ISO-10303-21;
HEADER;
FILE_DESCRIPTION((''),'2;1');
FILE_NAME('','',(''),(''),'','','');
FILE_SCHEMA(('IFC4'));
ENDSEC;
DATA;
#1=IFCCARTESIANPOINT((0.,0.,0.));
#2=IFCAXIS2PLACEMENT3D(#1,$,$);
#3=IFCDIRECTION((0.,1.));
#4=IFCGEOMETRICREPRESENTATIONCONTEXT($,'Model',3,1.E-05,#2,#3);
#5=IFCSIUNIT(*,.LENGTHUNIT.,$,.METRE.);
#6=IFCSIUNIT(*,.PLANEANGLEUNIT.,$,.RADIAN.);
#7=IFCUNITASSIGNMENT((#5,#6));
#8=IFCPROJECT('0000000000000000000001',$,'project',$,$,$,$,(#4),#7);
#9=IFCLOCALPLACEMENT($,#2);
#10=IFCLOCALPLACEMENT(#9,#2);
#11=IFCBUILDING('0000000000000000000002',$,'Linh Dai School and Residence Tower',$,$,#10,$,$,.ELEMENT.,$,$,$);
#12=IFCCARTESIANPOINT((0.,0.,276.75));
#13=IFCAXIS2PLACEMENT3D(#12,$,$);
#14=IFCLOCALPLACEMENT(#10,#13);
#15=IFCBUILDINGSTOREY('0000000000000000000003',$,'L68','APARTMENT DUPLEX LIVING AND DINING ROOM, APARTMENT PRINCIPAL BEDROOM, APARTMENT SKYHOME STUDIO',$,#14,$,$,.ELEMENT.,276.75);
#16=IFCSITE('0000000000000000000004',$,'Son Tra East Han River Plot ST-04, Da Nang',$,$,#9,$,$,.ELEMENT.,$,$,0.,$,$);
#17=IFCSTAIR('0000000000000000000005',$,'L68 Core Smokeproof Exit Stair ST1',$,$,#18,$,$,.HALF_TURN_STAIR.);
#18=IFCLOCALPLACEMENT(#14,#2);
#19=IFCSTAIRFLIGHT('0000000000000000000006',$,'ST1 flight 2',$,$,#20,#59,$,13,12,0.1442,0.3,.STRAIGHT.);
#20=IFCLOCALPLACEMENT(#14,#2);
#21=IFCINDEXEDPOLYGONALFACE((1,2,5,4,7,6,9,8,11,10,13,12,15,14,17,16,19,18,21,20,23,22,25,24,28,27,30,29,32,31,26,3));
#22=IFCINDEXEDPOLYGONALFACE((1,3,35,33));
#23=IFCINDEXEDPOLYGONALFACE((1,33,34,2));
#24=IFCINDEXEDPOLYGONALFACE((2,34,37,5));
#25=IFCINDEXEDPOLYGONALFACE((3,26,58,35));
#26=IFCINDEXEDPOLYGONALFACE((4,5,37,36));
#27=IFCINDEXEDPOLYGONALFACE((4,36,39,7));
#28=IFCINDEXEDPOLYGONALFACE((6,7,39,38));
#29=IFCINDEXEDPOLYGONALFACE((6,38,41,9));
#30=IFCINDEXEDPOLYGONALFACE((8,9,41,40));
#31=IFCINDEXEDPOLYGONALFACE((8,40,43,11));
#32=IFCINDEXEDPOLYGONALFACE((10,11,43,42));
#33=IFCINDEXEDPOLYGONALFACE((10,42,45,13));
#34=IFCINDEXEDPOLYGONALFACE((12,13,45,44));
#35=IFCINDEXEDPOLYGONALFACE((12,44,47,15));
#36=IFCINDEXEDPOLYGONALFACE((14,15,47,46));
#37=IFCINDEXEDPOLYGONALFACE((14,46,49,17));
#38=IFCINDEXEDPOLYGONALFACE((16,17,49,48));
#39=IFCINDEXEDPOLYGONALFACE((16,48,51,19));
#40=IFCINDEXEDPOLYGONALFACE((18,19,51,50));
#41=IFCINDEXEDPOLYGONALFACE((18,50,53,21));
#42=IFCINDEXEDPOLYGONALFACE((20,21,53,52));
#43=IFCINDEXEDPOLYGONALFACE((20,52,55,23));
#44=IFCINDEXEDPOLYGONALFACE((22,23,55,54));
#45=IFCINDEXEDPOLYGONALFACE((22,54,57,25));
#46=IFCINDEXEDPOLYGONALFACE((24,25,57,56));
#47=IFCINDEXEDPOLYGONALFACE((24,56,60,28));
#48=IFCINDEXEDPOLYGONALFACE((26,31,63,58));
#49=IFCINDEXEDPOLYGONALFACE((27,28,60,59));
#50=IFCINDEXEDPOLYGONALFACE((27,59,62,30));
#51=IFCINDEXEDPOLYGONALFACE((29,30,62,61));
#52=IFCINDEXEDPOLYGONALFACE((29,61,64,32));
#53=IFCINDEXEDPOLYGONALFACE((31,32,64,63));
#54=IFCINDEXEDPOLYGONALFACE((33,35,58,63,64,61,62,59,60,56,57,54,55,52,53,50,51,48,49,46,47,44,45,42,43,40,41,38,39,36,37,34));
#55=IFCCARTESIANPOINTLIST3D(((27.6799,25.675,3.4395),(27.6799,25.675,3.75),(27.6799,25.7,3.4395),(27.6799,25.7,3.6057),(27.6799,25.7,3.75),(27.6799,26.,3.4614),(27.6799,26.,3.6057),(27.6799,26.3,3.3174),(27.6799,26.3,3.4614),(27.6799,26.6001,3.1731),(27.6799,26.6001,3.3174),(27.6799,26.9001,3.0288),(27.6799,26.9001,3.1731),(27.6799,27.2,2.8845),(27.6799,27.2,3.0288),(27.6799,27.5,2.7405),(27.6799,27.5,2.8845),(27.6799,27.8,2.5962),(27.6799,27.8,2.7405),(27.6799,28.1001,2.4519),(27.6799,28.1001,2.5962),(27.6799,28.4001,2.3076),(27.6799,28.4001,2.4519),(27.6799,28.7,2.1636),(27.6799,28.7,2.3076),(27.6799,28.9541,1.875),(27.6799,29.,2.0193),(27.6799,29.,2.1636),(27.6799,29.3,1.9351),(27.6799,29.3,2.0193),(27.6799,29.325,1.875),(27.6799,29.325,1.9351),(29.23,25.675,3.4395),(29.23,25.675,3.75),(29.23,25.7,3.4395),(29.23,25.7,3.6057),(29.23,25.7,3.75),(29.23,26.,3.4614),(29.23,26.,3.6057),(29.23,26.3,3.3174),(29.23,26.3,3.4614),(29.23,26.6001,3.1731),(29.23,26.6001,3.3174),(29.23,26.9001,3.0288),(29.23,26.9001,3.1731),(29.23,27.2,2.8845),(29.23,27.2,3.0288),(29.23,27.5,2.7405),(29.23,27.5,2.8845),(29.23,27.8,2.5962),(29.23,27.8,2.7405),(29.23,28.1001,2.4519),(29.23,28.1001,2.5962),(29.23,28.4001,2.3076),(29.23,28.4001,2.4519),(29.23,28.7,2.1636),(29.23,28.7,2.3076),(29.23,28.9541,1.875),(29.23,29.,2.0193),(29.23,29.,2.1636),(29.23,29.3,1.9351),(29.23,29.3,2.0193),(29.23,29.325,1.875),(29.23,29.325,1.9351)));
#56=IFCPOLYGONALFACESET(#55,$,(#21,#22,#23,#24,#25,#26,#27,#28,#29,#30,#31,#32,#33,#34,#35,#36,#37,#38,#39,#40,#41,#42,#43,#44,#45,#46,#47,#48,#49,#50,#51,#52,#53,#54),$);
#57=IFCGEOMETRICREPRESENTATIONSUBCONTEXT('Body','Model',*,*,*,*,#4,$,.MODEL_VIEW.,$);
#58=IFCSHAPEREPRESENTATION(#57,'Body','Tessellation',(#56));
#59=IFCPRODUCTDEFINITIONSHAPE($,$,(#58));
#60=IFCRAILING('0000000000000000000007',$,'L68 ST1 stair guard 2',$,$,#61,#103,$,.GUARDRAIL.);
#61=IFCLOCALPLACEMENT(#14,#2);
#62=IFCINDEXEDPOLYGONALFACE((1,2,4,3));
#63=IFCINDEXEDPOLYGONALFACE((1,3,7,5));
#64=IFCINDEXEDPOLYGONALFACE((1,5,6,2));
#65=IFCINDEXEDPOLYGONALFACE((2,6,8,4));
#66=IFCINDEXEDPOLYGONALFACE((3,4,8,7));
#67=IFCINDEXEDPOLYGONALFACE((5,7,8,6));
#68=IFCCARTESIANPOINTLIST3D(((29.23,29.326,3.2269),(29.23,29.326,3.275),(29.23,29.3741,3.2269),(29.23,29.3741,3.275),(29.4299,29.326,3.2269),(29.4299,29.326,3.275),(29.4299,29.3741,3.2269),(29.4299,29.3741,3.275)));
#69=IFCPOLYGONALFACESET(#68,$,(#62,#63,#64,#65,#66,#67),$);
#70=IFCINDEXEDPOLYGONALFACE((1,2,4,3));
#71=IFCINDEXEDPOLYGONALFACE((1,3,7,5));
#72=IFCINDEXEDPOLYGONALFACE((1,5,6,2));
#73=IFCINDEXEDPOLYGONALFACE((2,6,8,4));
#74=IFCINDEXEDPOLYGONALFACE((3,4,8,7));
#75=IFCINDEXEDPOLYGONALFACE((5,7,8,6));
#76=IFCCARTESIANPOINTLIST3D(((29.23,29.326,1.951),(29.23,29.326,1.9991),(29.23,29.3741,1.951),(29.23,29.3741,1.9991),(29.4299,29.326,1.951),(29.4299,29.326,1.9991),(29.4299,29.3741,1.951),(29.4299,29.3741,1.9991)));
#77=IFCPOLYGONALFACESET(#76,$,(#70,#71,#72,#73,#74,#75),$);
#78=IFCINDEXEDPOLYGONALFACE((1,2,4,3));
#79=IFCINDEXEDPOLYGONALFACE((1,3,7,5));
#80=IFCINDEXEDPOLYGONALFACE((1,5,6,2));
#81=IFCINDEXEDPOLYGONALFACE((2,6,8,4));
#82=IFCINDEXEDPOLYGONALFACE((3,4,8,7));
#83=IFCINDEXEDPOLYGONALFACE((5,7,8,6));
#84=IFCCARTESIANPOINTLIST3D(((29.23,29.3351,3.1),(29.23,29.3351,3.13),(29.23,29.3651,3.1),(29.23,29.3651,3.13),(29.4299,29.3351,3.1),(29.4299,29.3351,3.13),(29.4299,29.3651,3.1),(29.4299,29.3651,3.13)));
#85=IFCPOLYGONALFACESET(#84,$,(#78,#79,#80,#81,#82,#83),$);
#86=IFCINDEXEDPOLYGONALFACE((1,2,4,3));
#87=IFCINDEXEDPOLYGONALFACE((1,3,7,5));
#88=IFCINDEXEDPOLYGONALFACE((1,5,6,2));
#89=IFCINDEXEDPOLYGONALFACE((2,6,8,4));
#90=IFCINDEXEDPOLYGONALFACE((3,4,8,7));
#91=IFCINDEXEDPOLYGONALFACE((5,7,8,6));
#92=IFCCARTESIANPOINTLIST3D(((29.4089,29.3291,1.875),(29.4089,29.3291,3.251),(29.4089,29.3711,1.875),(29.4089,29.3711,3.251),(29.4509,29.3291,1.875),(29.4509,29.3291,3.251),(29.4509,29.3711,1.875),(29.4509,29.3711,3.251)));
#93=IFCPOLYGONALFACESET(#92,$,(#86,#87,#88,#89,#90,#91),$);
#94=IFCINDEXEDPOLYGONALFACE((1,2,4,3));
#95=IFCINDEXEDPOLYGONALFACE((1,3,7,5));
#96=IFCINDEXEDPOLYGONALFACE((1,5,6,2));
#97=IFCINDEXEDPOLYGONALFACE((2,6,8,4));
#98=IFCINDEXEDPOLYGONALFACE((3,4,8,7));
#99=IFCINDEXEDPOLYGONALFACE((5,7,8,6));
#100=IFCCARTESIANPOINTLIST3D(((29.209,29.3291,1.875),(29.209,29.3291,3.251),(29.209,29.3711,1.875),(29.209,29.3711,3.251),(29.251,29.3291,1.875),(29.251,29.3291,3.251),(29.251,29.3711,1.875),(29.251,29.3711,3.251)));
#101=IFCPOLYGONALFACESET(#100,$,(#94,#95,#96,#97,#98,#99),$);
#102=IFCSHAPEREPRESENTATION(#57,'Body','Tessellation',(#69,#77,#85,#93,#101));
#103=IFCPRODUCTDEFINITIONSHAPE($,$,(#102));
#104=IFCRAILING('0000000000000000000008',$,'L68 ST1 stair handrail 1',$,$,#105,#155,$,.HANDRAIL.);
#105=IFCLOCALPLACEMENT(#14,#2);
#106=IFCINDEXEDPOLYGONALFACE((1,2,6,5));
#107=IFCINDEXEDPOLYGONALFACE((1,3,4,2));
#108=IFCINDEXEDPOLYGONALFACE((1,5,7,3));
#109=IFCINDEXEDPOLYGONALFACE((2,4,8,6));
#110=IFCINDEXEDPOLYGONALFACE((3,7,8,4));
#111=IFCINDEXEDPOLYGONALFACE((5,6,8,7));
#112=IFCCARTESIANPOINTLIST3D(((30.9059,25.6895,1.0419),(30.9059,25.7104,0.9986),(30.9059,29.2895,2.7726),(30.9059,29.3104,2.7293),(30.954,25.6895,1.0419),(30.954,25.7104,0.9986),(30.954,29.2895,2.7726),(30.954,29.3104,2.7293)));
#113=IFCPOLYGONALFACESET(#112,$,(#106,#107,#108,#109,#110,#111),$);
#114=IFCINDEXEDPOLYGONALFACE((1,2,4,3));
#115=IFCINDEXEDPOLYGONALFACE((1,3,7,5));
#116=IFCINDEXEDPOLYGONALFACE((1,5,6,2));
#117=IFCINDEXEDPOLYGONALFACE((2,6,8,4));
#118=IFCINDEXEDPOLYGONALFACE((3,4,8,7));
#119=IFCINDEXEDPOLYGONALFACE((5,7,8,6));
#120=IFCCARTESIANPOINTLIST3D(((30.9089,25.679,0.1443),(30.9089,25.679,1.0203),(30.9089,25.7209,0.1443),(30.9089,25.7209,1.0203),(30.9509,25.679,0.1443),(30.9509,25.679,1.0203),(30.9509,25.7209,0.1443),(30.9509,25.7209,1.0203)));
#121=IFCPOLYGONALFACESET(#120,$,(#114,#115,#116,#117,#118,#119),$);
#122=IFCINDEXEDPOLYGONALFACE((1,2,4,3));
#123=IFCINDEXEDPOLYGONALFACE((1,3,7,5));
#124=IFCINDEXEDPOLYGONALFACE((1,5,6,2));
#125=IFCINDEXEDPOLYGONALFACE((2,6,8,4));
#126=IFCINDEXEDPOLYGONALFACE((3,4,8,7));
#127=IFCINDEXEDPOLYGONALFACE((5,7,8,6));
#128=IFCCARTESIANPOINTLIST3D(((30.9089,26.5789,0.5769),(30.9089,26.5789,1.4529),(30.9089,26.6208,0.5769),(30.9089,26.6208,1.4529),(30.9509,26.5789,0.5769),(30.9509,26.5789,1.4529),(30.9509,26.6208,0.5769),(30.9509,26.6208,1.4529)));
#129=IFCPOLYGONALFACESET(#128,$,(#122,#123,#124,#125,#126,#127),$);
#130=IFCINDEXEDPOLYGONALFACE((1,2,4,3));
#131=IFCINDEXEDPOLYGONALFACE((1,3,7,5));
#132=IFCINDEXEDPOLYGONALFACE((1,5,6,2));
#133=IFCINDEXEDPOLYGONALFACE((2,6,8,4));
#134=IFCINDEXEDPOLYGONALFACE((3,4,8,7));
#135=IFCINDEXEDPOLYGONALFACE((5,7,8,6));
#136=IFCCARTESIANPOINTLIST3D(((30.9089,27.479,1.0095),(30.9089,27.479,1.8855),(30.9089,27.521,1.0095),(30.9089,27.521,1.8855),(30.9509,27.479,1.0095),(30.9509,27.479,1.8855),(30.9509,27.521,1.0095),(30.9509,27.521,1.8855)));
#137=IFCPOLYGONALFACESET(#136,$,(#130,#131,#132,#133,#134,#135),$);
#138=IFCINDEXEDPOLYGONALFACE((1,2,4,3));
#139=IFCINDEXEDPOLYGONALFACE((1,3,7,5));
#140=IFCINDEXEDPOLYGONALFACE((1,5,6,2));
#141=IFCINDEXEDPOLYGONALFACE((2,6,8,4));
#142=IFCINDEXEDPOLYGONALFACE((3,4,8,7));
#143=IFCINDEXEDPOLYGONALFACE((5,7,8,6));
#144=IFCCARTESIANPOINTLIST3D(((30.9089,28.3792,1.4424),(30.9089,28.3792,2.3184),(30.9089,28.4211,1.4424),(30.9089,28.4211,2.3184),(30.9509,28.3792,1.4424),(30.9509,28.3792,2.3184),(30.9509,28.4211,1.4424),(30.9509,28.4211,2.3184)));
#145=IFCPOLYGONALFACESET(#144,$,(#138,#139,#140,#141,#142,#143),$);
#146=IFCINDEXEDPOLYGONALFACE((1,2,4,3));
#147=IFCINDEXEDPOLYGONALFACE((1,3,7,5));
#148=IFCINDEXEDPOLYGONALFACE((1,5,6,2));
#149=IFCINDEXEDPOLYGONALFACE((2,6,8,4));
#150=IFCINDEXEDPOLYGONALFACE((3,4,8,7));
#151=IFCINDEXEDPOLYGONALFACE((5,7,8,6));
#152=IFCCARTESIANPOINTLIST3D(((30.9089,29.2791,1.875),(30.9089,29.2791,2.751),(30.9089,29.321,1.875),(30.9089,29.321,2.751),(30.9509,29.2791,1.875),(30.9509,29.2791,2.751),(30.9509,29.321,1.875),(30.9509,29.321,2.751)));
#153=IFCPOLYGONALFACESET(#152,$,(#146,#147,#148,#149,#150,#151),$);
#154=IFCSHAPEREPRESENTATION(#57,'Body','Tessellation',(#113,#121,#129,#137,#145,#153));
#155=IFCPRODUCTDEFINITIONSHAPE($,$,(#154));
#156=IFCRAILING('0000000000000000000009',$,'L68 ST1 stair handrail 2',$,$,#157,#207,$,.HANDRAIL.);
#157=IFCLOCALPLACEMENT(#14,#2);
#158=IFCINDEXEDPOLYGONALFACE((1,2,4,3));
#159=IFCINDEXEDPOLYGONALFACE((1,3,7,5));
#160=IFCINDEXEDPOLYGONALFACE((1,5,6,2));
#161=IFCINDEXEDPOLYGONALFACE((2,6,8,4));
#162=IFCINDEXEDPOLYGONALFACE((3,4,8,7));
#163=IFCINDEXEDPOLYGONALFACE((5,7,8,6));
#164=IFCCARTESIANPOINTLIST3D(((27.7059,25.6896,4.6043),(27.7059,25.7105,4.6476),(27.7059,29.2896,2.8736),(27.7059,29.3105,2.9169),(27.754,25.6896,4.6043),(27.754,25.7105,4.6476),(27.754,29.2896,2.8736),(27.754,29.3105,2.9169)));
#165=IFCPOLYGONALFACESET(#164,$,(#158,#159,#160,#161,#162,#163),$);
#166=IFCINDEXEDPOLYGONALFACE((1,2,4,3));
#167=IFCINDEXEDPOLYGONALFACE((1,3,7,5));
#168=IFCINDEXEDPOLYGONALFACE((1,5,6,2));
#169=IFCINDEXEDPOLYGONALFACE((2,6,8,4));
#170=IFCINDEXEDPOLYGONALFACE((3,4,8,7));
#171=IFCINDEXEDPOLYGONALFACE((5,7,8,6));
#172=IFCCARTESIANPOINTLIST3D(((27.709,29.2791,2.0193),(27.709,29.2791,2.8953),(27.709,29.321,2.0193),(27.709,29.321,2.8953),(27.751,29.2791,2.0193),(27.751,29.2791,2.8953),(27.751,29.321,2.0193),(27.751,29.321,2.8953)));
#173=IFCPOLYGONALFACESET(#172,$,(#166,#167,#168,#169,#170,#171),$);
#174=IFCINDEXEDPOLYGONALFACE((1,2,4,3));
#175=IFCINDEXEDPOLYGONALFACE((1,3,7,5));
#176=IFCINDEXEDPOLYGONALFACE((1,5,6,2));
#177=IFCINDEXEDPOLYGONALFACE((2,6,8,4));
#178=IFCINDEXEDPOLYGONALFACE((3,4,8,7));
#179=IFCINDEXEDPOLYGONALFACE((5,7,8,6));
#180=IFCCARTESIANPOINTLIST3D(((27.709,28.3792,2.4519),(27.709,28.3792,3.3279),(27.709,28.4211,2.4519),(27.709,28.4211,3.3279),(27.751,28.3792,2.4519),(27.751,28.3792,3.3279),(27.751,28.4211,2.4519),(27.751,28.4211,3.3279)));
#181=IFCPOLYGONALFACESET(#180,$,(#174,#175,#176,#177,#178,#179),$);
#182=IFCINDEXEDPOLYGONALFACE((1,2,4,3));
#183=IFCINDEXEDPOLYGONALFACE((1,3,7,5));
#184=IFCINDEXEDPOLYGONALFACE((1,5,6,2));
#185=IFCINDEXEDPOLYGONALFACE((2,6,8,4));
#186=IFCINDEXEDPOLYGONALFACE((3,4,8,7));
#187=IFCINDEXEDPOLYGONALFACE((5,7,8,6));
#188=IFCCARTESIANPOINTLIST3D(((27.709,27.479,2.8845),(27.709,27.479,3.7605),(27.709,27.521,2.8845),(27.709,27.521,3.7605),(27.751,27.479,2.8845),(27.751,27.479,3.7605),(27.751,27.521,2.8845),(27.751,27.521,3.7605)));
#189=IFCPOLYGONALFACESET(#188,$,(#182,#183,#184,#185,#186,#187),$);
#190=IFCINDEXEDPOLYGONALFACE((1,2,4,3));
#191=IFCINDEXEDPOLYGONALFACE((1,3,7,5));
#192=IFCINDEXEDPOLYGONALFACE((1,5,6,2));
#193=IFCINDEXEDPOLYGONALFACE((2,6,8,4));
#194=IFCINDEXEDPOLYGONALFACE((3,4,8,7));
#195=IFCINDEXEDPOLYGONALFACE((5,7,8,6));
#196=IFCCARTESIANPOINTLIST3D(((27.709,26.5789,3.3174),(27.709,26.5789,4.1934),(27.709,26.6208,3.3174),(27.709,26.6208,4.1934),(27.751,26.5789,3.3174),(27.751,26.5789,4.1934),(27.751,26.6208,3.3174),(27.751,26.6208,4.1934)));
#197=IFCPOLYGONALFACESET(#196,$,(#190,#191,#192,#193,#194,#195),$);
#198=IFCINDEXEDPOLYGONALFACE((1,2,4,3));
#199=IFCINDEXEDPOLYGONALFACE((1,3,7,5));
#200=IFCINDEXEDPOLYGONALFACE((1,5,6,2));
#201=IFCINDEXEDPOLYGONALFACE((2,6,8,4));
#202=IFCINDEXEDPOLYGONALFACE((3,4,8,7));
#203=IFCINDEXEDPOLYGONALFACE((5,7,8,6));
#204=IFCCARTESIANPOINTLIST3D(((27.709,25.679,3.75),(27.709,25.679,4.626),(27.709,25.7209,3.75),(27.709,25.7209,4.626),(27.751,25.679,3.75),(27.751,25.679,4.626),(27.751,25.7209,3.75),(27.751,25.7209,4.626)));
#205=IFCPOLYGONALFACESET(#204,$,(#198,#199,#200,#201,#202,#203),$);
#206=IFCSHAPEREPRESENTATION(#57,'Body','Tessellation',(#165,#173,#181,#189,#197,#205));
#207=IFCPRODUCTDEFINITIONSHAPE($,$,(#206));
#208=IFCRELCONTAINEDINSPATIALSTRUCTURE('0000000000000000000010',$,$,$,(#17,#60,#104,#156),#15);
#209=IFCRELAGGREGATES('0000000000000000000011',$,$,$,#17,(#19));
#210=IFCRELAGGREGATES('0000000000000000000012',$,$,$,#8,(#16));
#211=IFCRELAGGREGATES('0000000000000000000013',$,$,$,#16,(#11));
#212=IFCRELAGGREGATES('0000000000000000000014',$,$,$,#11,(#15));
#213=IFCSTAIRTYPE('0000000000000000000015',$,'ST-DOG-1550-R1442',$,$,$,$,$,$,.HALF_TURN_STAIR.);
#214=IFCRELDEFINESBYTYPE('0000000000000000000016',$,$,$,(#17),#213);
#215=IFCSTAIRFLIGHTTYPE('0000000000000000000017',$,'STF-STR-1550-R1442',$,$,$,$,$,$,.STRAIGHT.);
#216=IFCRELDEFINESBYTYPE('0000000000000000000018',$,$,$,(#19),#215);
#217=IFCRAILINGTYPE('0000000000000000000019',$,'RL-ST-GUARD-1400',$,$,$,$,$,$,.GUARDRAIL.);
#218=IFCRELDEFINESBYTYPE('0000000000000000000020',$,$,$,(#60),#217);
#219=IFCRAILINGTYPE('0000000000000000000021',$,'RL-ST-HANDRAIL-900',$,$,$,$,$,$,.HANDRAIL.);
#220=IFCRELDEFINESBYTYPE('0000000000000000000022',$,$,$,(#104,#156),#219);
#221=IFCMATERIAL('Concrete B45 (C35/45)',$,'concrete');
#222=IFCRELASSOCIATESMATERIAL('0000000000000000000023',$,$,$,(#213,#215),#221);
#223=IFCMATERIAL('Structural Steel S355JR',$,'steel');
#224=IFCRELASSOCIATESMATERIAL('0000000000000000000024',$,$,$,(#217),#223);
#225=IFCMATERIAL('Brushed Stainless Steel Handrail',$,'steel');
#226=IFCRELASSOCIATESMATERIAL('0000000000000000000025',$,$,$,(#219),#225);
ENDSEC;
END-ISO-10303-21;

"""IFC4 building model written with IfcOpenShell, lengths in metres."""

from ifc_helpers import new_model, si_unit, direction, frame, origin, origin_2d, place, context, subcontext, project, spatial, polyline, rectangle, outline, extrude, source, transform, mapped, material, type_object, element, aggregate, save


model = new_model("IFC4")

# Units and contexts
model_context = context("Model", 3, precision=1e-05, world=origin(), true_north=direction((0.0, 1.0)))
body_context = subcontext(model_context, "Body", "Model", "MODEL_VIEW")
ifc_project = project(units=[si_unit("LENGTHUNIT", "METRE"), si_unit("PLANEANGLEUNIT", "RADIAN")], contexts=[model_context])

# Site, building, storey
site_placement = place(None, origin())
site = spatial("IfcSite", under=ifc_project, at=site_placement, Name="Son Tra East Han River Plot ST-04, Da Nang", CompositionType="ELEMENT", RefElevation=0.0)
building_placement = place(site_placement, origin())
building = spatial("IfcBuilding", under=site, at=building_placement, Name="Linh Dai School and Residence Tower", CompositionType="ELEMENT")
storey_placement = place(building_placement, frame((0.0, 0.0, 276.75)))
storey = spatial("IfcBuildingStorey", under=building, at=storey_placement, Name="L68", Description="APARTMENT DUPLEX LIVING AND DINING ROOM, APARTMENT PRINCIPAL BEDROOM, APARTMENT SKYHOME STUDIO", CompositionType="ELEMENT", Elevation=276.75)

# Shared definitions
ifc_material_1 = material(Name="Structural Steel S355JR", Category="steel")

# Shared definitions
ifc_material_2 = material(Name="Concrete B45 (C35/45)", Category="concrete")

# Stair, stair flight
stair_type = type_object("IfcStairType", Name="ST-DOG-1550-R1442", PredefinedType="HALF_TURN_STAIR", material=ifc_material_2)
stair_placement = place(storey_placement, origin())
stair = element("IfcStair", 1, at=stair_placement, inside=storey, type_object=stair_type, Name="L68 Core Smokeproof Exit Stair ST1", PredefinedType="HALF_TURN_STAIR")
stair_flight_type = type_object("IfcStairFlightType", Name="STF-STR-1550-R1442", PredefinedType="STRAIGHT", material=ifc_material_2)
shared_shape_1 = source(origin(), body_context, "Body", "SweptSolid", [
    extrude(outline(polyline([(-0.0249, 0.0), (-0.0249, 0.0601), (0.0, 0.0601), (0.0, 0.1443), (0.3, 0.1443), (0.3, 0.2886), (0.6001, 0.2886), (0.6001, 0.4326), (0.8999, 0.4326), (0.8999, 0.5769), (1.2, 0.5769), (1.2, 0.7212), (1.5, 0.7212), (1.5, 0.8655), (1.8, 0.8655), (1.8, 1.0095), (2.1001, 1.0095), (2.1001, 1.1538), (2.3999, 1.1538), (2.3999, 1.2981), (2.7, 1.2981), (2.7, 1.4424), (3.0, 1.4424), (3.0, 1.5864), (3.3, 1.5864), (3.3, 1.7307), (3.6001, 1.7307), (3.6001, 1.875), (3.625, 1.875), (3.625, 1.5645), (3.6001, 1.5645), (0.3459, 0.0), (-0.0249, 0.0)])), frame((0.0, 0.7749, 0.0), z_axis=(0.0, -1.0, 0.0), x_axis=(1.0, 0.0, 0.0)), (0.0, 0.0, 1.0), 1.55),
])
stair_flight_placement = place(storey_placement, frame((28.4551, 29.3, 1.875), z_axis=(0.0, 0.0, 1.0), x_axis=(0.0, -1.0, 0.0)))
stair_flight = element("IfcStairFlight", 2, at=stair_flight_placement, type_object=stair_flight_type, Name="ST1 flight 2", NumberOfRisers=13, NumberOfTreads=12, PredefinedType="STRAIGHT", RiserHeight=0.1442, TreadLength=0.3, context=body_context, shape_type="MappedRepresentation", body=[
    mapped(shared_shape_1, transform((0.0, 0.0, 0.0), x_axis=(1.0, 0.0, 0.0), y_axis=(0.0, 1.0, 0.0), z_axis=(0.0, 0.0, 1.0), scale=1.0)),
])
aggregate(stair, [stair_flight])

# Railings
railing_type_1 = type_object("IfcRailingType", Name="RL-ST-GUARD-1400", PredefinedType="GUARDRAIL", material=ifc_material_1)
shared_shape_2 = source(origin(), body_context, "Body", "SweptSolid", [
    extrude(rectangle(XDim=0.0481, YDim=0.0481, at=origin_2d()), frame((0.0, 0.0, 1.376), z_axis=(-1.0, 0.0, 0.0), x_axis=(0.0, -1.0, 0.0)), (0.0, 0.0, 1.0), 0.2),
    extrude(rectangle(XDim=0.0481, YDim=0.0481, at=origin_2d()), frame((0.0, 0.0, 0.1001), z_axis=(-1.0, 0.0, 0.0), x_axis=(0.0, -1.0, 0.0)), (0.0, 0.0, 1.0), 0.2),
    extrude(rectangle(XDim=0.03, YDim=0.03, at=origin_2d()), frame((0.0, 0.0, 1.24), z_axis=(-1.0, 0.0, 0.0), x_axis=(0.0, -1.0, 0.0)), (0.0, 0.0, 1.0), 0.2),
    extrude(rectangle(XDim=0.042, YDim=0.042, at=origin_2d()), origin(), (0.0, 0.0, 1.0), 1.376),
    extrude(rectangle(XDim=0.042, YDim=0.042, at=origin_2d()), frame((-0.2, 0.0, 0.0)), (0.0, 0.0, 1.0), 1.376),
])
railing_1_placement = place(storey_placement, frame((29.4299, 29.3501, 1.875)))
element("IfcRailing", 3, at=railing_1_placement, inside=storey, type_object=railing_type_1, Name="L68 ST1 stair guard 2", PredefinedType="GUARDRAIL", context=body_context, shape_type="MappedRepresentation", body=[
    mapped(shared_shape_2, transform((0.0, 0.0, 0.0), x_axis=(1.0, 0.0, 0.0), y_axis=(0.0, 1.0, 0.0), z_axis=(0.0, 0.0, 1.0), scale=1.0)),
])
ifc_material_3 = material(Name="Brushed Stainless Steel Handrail", Category="steel")
railing_type_2 = type_object("IfcRailingType", Name="RL-ST-HANDRAIL-900", PredefinedType="HANDRAIL", material=ifc_material_3)
shared_shape_3 = source(origin(), body_context, "Body", "SweptSolid", [
    extrude(rectangle(XDim=0.0481, YDim=0.0481, at=origin_2d()), frame((0.0, 0.0, 0.876), z_axis=(0.0, 0.901263, 0.433273), x_axis=(-1.0, 0.0, 0.0)), (0.0, 0.0, 1.0), 3.9944),
    extrude(rectangle(XDim=0.042, YDim=0.042, at=origin_2d()), origin(), (0.0, 0.0, 1.0), 0.876),
    extrude(rectangle(XDim=0.042, YDim=0.042, at=origin_2d()), frame((0.0, 0.8999, 0.4326)), (0.0, 0.0, 1.0), 0.876),
    extrude(rectangle(XDim=0.042, YDim=0.042, at=origin_2d()), frame((0.0, 1.8, 0.8652)), (0.0, 0.0, 1.0), 0.876),
    extrude(rectangle(XDim=0.042, YDim=0.042, at=origin_2d()), frame((0.0, 2.7002, 1.2981)), (0.0, 0.0, 1.0), 0.876),
    extrude(rectangle(XDim=0.042, YDim=0.042, at=origin_2d()), frame((0.0, 3.6001, 1.7307)), (0.0, 0.0, 1.0), 0.876),
])
railing_2_placement = place(storey_placement, frame((30.9299, 25.7, 0.1443)))
element("IfcRailing", 4, at=railing_2_placement, inside=storey, type_object=railing_type_2, Name="L68 ST1 stair handrail 1", PredefinedType="HANDRAIL", context=body_context, shape_type="MappedRepresentation", body=[
    mapped(shared_shape_3, transform((0.0, 0.0, 0.0), x_axis=(1.0, 0.0, 0.0), y_axis=(0.0, 1.0, 0.0), z_axis=(0.0, 0.0, 1.0), scale=1.0)),
])
shared_shape_4 = source(origin(), body_context, "Body", "SweptSolid", [
    extrude(rectangle(XDim=0.0481, YDim=0.0481, at=origin_2d()), frame((0.0, 0.0, 0.876), z_axis=(0.0, -0.901263, 0.433273), x_axis=(1.0, 0.0, 0.0)), (0.0, 0.0, 1.0), 3.9944),
    extrude(rectangle(XDim=0.042, YDim=0.042, at=origin_2d()), origin(), (0.0, 0.0, 1.0), 0.876),
    extrude(rectangle(XDim=0.042, YDim=0.042, at=origin_2d()), frame((0.0, -0.8999, 0.4326)), (0.0, 0.0, 1.0), 0.876),
    extrude(rectangle(XDim=0.042, YDim=0.042, at=origin_2d()), frame((0.0, -1.8, 0.8652)), (0.0, 0.0, 1.0), 0.876),
    extrude(rectangle(XDim=0.042, YDim=0.042, at=origin_2d()), frame((0.0, -2.7002, 1.2981)), (0.0, 0.0, 1.0), 0.876),
    extrude(rectangle(XDim=0.042, YDim=0.042, at=origin_2d()), frame((0.0, -3.6001, 1.7307)), (0.0, 0.0, 1.0), 0.876),
])
railing_3_placement = place(storey_placement, frame((27.73, 29.3, 2.0193)))
element("IfcRailing", 5, at=railing_3_placement, inside=storey, type_object=railing_type_2, Name="L68 ST1 stair handrail 2", PredefinedType="HANDRAIL", context=body_context, shape_type="MappedRepresentation", body=[
    mapped(shared_shape_4, transform((0.0, 0.0, 0.0), x_axis=(1.0, 0.0, 0.0), y_axis=(0.0, 1.0, 0.0), z_axis=(0.0, 0.0, 1.0), scale=1.0)),
])

save(model, "model.ifc")
